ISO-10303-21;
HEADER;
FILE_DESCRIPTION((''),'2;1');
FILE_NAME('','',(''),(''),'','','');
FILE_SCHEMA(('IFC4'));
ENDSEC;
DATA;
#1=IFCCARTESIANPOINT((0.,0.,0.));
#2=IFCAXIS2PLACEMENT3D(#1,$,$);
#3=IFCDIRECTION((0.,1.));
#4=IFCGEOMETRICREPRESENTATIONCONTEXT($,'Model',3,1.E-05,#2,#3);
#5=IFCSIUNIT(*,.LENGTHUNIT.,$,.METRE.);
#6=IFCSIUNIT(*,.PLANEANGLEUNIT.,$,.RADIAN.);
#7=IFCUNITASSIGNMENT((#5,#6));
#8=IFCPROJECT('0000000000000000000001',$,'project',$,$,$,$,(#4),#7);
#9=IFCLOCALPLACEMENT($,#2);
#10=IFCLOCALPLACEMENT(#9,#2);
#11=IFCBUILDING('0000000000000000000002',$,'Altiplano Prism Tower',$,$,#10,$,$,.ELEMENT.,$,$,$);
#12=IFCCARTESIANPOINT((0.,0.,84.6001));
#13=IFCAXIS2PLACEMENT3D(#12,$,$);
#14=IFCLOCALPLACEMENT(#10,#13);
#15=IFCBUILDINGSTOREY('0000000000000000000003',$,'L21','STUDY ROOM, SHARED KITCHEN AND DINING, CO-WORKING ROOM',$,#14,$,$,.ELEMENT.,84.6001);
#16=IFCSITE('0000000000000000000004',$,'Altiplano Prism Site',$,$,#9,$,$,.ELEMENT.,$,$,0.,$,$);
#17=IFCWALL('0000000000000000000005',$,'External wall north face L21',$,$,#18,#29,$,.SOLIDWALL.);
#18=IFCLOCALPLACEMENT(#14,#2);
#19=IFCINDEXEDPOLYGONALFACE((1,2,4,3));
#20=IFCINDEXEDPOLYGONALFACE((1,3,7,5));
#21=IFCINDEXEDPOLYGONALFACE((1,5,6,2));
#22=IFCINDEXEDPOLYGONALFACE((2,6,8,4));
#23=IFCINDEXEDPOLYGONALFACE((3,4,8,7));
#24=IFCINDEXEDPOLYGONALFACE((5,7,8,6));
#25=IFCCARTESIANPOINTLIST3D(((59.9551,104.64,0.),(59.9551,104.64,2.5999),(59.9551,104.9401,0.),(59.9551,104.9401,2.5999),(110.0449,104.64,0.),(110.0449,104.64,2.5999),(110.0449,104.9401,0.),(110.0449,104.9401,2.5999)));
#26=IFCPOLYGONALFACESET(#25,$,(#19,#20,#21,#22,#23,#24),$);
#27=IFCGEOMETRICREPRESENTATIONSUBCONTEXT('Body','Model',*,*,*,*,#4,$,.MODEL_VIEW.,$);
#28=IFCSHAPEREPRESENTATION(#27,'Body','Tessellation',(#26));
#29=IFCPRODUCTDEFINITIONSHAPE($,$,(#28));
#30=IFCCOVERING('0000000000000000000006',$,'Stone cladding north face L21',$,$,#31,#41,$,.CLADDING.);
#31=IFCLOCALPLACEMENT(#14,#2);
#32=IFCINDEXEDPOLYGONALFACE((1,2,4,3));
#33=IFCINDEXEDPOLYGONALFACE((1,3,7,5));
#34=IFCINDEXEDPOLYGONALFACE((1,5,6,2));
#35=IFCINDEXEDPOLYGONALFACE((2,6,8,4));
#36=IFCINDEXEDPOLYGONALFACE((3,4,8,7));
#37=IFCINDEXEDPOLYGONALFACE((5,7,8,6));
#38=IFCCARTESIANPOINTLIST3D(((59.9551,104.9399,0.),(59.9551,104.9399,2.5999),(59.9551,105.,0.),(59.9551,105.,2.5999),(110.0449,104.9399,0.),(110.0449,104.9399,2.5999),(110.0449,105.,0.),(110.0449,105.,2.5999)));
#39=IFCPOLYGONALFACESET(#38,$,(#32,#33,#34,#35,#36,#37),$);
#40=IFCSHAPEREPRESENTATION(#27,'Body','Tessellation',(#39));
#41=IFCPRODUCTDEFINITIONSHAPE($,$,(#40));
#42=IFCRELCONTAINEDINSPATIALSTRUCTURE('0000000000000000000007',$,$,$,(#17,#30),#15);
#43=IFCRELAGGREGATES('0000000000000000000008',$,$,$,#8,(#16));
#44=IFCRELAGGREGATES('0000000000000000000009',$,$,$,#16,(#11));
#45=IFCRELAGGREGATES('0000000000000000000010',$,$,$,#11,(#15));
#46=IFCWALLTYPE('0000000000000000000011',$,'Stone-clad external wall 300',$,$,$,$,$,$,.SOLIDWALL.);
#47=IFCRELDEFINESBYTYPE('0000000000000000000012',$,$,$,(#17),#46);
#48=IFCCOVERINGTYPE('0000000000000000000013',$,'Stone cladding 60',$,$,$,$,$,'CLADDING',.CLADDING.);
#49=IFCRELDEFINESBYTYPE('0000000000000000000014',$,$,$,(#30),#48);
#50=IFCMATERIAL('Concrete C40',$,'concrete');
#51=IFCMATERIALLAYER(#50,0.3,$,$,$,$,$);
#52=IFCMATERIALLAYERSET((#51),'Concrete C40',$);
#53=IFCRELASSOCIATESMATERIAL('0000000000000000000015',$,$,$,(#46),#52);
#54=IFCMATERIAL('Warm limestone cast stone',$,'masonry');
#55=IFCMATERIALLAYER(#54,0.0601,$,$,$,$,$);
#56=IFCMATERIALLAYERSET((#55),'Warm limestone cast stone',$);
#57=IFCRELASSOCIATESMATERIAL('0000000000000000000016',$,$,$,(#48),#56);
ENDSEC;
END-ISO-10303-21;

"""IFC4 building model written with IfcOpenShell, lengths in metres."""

from ifc_helpers import new_model, si_unit, direction, frame, frame_2d, origin, place, context, subcontext, project, spatial, rectangle, extrude, material, layer, layer_set, type_object, element, save


model = new_model("IFC4")

# Units and contexts
model_context = context("Model", 3, precision=1e-05, world=origin(), true_north=direction((0.0, 1.0)))
body_context = subcontext(model_context, "Body", "Model", "MODEL_VIEW")
ifc_project = project(units=[si_unit("LENGTHUNIT", "METRE"), si_unit("PLANEANGLEUNIT", "RADIAN")], contexts=[model_context])

# Site, building, storey
site_placement = place(None, origin())
site = spatial("IfcSite", under=ifc_project, at=site_placement, Name="Altiplano Prism Site", CompositionType="ELEMENT", RefElevation=0.0)
building_placement = place(site_placement, origin())
building = spatial("IfcBuilding", under=site, at=building_placement, Name="Altiplano Prism Tower", CompositionType="ELEMENT")
storey_placement = place(building_placement, frame((0.0, 0.0, 84.6001)))
storey = spatial("IfcBuildingStorey", under=building, at=storey_placement, Name="L21", Description="STUDY ROOM, SHARED KITCHEN AND DINING, CO-WORKING ROOM", CompositionType="ELEMENT", Elevation=84.6001)

# Wall
ifc_material_1 = material(Name="Concrete C40", Category="concrete")
ifc_layer_1 = layer(ifc_material_1, 0.3)
ifc_layer_set_1 = layer_set([ifc_layer_1], Name="Concrete C40")
wall_type_1 = type_object("IfcWallType", Name="Stone-clad external wall 300", PredefinedType="SOLIDWALL", material=ifc_layer_set_1)
wall_1_placement = place(storey_placement, frame((59.9551, 104.79, 0.0), z_axis=(0.0, 0.0, 1.0), x_axis=(1.0, 0.0, 0.0)))
element("IfcWall", 1, at=wall_1_placement, inside=storey, type_object=wall_type_1, Name="External wall north face L21", PredefinedType="SOLIDWALL", context=body_context, shape_type="SweptSolid", body=[
    extrude(rectangle(XDim=50.0898, YDim=0.3, at=frame_2d((25.0449, 0.0))), origin(), (0.0, 0.0, 1.0), 2.5999),
])

# Covering
ifc_material_2 = material(Name="Warm limestone cast stone", Category="masonry")
ifc_layer_2 = layer(ifc_material_2, 0.0601)
ifc_layer_set_2 = layer_set([ifc_layer_2], Name="Warm limestone cast stone")
covering_type = type_object("IfcCoveringType", Name="Stone cladding 60", ElementType="CLADDING", PredefinedType="CLADDING", material=ifc_layer_set_2)
covering_placement = place(storey_placement, frame((59.9551, 104.97, 0.0), z_axis=(0.0, 0.0, 1.0), x_axis=(1.0, 0.0, 0.0)))
element("IfcCovering", 2, at=covering_placement, inside=storey, type_object=covering_type, Name="Stone cladding north face L21", PredefinedType="CLADDING", context=body_context, shape_type="SweptSolid", body=[
    extrude(rectangle(XDim=50.0898, YDim=0.0601, at=frame_2d((25.0449, 0.0))), origin(), (0.0, 0.0, 1.0), 2.5999),
])

save(model, "model.ifc")
